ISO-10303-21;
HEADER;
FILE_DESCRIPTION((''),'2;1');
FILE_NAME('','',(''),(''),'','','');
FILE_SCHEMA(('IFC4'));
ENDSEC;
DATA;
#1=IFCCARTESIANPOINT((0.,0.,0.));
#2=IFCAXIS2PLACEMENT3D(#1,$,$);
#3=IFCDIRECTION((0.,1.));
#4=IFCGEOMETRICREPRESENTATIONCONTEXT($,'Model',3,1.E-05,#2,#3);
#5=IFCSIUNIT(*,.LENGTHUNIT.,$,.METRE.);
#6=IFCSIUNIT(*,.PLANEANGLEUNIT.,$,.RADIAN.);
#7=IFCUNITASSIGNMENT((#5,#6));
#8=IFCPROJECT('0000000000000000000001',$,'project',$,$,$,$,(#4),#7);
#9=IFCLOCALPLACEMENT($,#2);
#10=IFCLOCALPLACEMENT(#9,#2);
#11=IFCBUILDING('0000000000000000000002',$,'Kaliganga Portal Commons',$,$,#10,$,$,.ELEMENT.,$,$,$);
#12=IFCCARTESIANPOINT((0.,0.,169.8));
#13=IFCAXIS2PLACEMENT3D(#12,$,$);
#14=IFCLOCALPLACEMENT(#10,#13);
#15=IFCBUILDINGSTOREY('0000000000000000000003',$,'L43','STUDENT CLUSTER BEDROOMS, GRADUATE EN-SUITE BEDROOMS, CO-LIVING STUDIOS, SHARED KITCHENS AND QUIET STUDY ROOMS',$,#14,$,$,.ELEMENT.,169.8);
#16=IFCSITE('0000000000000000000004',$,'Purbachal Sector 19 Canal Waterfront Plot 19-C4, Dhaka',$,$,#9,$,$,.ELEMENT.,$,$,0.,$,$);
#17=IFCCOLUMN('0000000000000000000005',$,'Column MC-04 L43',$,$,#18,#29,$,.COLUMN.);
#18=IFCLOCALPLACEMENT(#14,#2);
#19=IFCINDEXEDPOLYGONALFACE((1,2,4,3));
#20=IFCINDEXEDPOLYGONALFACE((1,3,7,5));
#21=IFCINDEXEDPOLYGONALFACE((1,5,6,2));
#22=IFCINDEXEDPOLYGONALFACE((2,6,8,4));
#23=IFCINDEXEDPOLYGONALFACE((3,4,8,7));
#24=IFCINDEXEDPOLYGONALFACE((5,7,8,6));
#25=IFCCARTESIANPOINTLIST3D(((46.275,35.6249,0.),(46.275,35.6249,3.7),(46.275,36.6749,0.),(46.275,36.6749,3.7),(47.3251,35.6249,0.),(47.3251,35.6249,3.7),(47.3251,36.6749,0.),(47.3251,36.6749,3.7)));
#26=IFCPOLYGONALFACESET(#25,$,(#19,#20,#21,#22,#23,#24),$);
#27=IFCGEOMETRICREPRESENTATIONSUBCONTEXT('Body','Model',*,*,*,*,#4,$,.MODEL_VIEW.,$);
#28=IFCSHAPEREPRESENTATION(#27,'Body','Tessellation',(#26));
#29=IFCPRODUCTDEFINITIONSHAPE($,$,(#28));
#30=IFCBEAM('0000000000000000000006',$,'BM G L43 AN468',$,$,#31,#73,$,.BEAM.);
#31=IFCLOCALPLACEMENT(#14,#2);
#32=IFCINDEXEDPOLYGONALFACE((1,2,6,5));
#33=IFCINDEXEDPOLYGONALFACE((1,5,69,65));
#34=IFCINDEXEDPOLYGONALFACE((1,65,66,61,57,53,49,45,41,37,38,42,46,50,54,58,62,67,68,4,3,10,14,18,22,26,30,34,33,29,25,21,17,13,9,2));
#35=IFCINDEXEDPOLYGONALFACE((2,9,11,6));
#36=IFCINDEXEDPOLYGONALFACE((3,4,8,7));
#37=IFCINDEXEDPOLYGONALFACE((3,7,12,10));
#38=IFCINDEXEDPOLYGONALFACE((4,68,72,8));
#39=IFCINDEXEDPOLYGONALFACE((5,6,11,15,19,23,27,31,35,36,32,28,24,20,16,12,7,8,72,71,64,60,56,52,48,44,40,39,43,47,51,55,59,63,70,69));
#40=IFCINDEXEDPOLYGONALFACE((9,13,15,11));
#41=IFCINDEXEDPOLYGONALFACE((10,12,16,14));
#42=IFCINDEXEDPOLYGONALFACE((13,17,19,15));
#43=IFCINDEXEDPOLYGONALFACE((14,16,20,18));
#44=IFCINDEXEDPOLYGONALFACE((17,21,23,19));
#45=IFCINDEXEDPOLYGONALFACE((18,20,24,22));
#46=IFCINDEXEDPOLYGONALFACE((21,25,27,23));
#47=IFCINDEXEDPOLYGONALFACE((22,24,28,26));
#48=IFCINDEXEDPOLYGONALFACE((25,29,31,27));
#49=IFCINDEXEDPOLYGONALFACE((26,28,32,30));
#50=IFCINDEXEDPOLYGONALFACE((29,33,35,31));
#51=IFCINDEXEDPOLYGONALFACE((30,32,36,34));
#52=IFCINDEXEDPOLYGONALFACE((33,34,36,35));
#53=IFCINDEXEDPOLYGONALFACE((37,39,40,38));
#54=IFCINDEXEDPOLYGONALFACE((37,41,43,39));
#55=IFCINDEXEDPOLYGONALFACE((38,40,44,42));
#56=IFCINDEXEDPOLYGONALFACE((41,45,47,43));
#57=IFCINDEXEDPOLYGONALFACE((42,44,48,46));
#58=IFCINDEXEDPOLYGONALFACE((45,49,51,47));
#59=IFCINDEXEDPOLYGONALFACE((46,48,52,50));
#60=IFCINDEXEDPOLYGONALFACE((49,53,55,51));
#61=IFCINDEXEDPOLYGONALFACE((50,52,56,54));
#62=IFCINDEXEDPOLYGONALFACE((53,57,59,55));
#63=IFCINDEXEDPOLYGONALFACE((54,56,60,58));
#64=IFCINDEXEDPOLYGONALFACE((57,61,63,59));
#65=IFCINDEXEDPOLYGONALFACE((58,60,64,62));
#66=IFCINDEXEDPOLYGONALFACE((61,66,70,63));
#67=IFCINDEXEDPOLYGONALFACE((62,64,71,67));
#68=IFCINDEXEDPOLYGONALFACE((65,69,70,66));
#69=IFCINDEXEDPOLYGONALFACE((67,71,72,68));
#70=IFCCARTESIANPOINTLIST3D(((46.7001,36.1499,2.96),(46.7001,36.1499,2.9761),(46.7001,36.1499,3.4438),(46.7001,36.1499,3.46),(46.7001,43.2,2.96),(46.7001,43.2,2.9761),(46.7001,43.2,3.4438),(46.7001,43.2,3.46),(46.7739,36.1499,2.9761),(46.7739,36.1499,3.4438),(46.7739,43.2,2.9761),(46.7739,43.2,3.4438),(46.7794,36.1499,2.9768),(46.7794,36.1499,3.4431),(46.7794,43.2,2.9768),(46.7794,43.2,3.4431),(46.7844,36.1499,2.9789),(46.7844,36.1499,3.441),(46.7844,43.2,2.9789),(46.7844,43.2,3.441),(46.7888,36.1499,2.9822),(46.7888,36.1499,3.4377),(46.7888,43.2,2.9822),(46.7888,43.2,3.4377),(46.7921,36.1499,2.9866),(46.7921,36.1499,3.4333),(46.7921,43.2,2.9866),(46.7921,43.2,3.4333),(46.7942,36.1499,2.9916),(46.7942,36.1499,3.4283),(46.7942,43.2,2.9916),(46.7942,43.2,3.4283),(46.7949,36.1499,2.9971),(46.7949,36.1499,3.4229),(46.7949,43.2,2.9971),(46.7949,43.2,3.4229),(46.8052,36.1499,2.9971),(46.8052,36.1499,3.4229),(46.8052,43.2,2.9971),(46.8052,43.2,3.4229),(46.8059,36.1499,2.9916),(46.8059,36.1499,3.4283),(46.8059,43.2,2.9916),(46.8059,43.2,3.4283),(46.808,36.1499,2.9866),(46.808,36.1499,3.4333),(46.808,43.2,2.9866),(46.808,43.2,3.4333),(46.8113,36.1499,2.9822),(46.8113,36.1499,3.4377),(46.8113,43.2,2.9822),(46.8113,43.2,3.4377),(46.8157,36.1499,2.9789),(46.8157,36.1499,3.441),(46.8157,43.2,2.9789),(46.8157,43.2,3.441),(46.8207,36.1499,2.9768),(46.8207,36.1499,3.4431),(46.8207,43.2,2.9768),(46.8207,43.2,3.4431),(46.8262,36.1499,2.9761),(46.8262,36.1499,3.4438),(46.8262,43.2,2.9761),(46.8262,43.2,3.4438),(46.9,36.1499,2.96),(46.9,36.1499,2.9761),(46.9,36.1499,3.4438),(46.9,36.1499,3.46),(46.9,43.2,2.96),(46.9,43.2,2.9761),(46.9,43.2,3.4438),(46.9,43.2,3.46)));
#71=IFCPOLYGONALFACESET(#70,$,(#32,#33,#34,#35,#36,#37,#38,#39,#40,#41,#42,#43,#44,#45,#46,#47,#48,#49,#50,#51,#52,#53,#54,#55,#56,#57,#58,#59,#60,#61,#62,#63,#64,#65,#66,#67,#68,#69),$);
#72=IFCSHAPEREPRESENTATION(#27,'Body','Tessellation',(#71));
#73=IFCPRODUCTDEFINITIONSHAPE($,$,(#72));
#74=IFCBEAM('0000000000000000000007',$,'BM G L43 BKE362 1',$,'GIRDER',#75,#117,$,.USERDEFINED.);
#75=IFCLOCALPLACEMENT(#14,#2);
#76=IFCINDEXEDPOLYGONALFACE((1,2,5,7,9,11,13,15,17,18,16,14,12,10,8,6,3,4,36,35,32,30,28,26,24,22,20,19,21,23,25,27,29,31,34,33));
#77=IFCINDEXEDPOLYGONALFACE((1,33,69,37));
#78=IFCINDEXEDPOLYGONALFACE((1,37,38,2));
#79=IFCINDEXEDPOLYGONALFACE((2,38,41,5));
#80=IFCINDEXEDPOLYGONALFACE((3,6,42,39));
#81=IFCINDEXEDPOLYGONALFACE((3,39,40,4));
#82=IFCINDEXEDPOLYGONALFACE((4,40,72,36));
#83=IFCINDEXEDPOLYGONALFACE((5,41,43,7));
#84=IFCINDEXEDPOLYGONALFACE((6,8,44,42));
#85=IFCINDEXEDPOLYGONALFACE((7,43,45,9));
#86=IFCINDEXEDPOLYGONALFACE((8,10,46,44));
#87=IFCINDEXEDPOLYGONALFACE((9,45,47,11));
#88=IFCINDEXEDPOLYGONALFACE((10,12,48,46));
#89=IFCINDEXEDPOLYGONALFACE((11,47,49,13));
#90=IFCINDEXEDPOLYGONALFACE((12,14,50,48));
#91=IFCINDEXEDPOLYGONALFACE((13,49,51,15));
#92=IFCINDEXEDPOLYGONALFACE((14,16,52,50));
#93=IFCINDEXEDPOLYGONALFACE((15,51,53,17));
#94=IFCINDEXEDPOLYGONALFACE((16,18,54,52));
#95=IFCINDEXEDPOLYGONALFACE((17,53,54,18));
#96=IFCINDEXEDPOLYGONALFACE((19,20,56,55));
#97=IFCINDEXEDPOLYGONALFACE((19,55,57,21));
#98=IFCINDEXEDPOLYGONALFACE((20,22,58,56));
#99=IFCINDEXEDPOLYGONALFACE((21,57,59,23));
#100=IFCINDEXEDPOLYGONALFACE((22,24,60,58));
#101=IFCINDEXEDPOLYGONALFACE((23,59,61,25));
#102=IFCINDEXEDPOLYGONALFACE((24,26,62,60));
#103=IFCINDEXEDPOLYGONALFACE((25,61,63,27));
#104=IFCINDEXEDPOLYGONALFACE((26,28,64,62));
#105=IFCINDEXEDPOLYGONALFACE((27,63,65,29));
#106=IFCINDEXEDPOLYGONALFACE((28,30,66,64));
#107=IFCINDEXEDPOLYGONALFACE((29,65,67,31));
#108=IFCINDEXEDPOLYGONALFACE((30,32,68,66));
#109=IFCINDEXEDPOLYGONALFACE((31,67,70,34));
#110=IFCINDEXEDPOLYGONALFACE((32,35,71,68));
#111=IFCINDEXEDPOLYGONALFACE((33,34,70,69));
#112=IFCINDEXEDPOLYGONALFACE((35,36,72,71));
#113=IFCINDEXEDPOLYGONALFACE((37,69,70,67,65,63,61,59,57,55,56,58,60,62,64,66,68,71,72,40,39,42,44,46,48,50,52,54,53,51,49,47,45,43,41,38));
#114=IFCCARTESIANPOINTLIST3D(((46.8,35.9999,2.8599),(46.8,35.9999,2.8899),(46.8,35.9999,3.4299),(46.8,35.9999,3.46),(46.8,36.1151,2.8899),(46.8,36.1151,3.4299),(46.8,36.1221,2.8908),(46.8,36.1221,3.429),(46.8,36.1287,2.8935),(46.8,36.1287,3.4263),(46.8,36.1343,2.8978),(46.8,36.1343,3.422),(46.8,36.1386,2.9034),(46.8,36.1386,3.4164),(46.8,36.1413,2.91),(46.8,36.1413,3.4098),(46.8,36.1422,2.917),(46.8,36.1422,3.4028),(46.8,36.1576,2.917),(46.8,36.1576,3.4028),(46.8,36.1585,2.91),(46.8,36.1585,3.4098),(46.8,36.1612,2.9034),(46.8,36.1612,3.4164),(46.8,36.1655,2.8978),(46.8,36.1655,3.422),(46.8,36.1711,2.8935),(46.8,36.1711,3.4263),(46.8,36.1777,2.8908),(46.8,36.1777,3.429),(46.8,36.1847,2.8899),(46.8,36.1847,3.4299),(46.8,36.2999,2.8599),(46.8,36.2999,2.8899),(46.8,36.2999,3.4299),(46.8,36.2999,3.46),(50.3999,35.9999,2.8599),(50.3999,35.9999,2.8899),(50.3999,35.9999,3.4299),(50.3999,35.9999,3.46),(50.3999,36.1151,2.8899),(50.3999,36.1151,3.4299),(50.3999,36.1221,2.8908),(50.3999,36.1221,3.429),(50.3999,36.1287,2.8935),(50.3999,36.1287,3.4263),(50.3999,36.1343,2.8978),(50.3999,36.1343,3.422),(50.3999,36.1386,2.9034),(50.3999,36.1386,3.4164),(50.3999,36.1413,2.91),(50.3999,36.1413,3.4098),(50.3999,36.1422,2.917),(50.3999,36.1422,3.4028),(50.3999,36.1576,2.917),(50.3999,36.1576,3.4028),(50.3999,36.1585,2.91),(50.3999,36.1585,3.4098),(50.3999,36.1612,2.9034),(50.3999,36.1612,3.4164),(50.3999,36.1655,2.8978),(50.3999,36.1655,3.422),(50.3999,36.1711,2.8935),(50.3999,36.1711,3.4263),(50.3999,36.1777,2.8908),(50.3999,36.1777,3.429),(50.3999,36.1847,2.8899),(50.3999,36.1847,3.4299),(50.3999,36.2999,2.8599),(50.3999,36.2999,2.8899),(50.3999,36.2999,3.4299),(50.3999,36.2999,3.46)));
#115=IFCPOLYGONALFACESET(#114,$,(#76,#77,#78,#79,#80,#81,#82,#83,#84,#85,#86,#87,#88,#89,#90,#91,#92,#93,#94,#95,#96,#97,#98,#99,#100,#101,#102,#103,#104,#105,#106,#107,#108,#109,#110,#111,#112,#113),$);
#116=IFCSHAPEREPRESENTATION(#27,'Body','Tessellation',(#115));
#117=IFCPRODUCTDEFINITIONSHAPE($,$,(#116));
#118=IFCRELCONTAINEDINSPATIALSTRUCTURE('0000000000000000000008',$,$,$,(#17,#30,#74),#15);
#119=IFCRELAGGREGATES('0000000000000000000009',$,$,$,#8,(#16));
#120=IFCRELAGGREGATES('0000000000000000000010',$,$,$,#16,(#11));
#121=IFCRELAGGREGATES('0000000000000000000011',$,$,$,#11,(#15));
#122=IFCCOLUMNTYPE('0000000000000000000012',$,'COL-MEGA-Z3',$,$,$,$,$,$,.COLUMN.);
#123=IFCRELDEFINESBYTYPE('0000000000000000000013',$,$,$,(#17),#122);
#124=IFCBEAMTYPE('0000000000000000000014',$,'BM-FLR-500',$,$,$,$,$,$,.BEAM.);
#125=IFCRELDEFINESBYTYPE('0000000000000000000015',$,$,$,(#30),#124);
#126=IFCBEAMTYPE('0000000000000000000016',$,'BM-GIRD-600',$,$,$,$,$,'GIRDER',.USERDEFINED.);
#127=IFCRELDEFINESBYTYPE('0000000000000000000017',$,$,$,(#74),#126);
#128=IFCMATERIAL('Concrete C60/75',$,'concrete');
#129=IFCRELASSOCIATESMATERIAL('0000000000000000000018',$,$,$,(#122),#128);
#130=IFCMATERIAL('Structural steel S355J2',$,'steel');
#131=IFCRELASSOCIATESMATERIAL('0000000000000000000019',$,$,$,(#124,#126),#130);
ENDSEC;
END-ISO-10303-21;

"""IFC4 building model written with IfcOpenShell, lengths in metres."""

from ifc_helpers import new_model, si_unit, direction, frame, origin, origin_2d, place, context, subcontext, project, spatial, rectangle, i_section, extrude, source, transform, mapped, material, material_profile, profile_set, type_object, element, save


model = new_model("IFC4")

# Units and contexts
model_context = context("Model", 3, precision=1e-05, world=origin(), true_north=direction((0.0, 1.0)))
body_context = subcontext(model_context, "Body", "Model", "MODEL_VIEW")
ifc_project = project(units=[si_unit("LENGTHUNIT", "METRE"), si_unit("PLANEANGLEUNIT", "RADIAN")], contexts=[model_context])

# Site, building, storey
site_placement = place(None, origin())
site = spatial("IfcSite", under=ifc_project, at=site_placement, Name="Purbachal Sector 19 Canal Waterfront Plot 19-C4, Dhaka", CompositionType="ELEMENT", RefElevation=0.0)
building_placement = place(site_placement, origin())
building = spatial("IfcBuilding", under=site, at=building_placement, Name="Kaliganga Portal Commons", CompositionType="ELEMENT")
storey_placement = place(building_placement, frame((0.0, 0.0, 169.8)))
storey = spatial("IfcBuildingStorey", under=building, at=storey_placement, Name="L43", Description="STUDENT CLUSTER BEDROOMS, GRADUATE EN-SUITE BEDROOMS, CO-LIVING STUDIOS, SHARED KITCHENS AND QUIET STUDY ROOMS", CompositionType="ELEMENT", Elevation=169.8)

# Column
ifc_material_1 = material(Name="Concrete C60/75", Category="concrete")
ifc_material_profile_1 = material_profile(ifc_material_1, rectangle(XDim=1.05, YDim=1.05, at=origin_2d()), Name="RC 1050x1050")
ifc_profile_set_1 = profile_set([ifc_material_profile_1], Name="Concrete C60/75")
column_type = type_object("IfcColumnType", Name="COL-MEGA-Z3", PredefinedType="COLUMN", material=ifc_profile_set_1)
shared_shape_1 = source(origin(), body_context, "Body", "SweptSolid", [
    extrude(rectangle(XDim=1.05, YDim=1.05, at=origin_2d()), origin(), (0.0, 0.0, 1.0), 3.7),
])
column_placement = place(storey_placement, frame((46.8, 36.1499, 0.0), z_axis=(0.0, 0.0, 1.0), x_axis=(1.0, 0.0, 0.0)))
element("IfcColumn", 1, at=column_placement, inside=storey, type_object=column_type, Name="Column MC-04 L43", PredefinedType="COLUMN", context=body_context, shape_type="MappedRepresentation", body=[
    mapped(shared_shape_1, transform((0.0, 0.0, 0.0), x_axis=(1.0, 0.0, 0.0), y_axis=(0.0, 1.0, 0.0), z_axis=(0.0, 0.0, 1.0), scale=1.0)),
])

# Beams
ifc_material_2 = material(Name="Structural steel S355J2", Category="steel")
ifc_material_profile_2 = material_profile(ifc_material_2, i_section(OverallWidth=0.2, OverallDepth=0.5, WebThickness=0.0103, FlangeThickness=0.0161, FilletRadius=0.021, at=origin_2d()), Name="IPE 500")
ifc_profile_set_2 = profile_set([ifc_material_profile_2], Name="Structural steel S355J2 wide-flange")
beam_type_1 = type_object("IfcBeamType", Name="BM-FLR-500", PredefinedType="BEAM", material=ifc_profile_set_2)
shared_shape_2 = source(origin(), body_context, "Body", "SweptSolid", [
    extrude(i_section(OverallWidth=0.2, OverallDepth=0.5, WebThickness=0.0103, FlangeThickness=0.0161, FilletRadius=0.021, at=origin_2d()), origin(), (0.0, 0.0, 1.0), 7.05),
])
beam_1_placement = place(storey_placement, frame((46.8, 36.1499, 3.21), z_axis=(0.0, 1.0, 0.0), x_axis=(-1.0, 0.0, 0.0)))
element("IfcBeam", 2, at=beam_1_placement, inside=storey, type_object=beam_type_1, Name="BM G L43 AN468", PredefinedType="BEAM", context=body_context, shape_type="MappedRepresentation", body=[
    mapped(shared_shape_2, transform((0.0, 0.0, 0.0), x_axis=(1.0, 0.0, 0.0), y_axis=(0.0, 1.0, 0.0), z_axis=(0.0, 0.0, 1.0), scale=1.0)),
])
ifc_material_profile_3 = material_profile(ifc_material_2, i_section(OverallWidth=0.3, OverallDepth=0.6001, WebThickness=0.0154, FlangeThickness=0.03, FilletRadius=0.0271, at=origin_2d()), Name="HE 600 B")
ifc_profile_set_3 = profile_set([ifc_material_profile_3], Name="Structural steel S355J2 wide-flange")
beam_type_2 = type_object("IfcBeamType", Name="BM-GIRD-600", ElementType="GIRDER", PredefinedType="USERDEFINED", material=ifc_profile_set_3)
shared_shape_3 = source(origin(), body_context, "Body", "SweptSolid", [
    extrude(i_section(OverallWidth=0.3, OverallDepth=0.6001, WebThickness=0.0154, FlangeThickness=0.03, FilletRadius=0.0271, at=origin_2d()), origin(), (0.0, 0.0, 1.0), 3.5999),
])
beam_2_placement = place(storey_placement, frame((46.8, 36.1499, 3.1599), z_axis=(1.0, 0.0, 0.0), x_axis=(0.0, 1.0, 0.0)))
element("IfcBeam", 3, at=beam_2_placement, inside=storey, type_object=beam_type_2, Name="BM G L43 BKE362 1", ObjectType="GIRDER", PredefinedType="USERDEFINED", context=body_context, shape_type="MappedRepresentation", body=[
    mapped(shared_shape_3, transform((0.0, 0.0, 0.0), x_axis=(1.0, 0.0, 0.0), y_axis=(0.0, 1.0, 0.0), z_axis=(0.0, 0.0, 1.0), scale=1.0)),
])

save(model, "model.ifc")
